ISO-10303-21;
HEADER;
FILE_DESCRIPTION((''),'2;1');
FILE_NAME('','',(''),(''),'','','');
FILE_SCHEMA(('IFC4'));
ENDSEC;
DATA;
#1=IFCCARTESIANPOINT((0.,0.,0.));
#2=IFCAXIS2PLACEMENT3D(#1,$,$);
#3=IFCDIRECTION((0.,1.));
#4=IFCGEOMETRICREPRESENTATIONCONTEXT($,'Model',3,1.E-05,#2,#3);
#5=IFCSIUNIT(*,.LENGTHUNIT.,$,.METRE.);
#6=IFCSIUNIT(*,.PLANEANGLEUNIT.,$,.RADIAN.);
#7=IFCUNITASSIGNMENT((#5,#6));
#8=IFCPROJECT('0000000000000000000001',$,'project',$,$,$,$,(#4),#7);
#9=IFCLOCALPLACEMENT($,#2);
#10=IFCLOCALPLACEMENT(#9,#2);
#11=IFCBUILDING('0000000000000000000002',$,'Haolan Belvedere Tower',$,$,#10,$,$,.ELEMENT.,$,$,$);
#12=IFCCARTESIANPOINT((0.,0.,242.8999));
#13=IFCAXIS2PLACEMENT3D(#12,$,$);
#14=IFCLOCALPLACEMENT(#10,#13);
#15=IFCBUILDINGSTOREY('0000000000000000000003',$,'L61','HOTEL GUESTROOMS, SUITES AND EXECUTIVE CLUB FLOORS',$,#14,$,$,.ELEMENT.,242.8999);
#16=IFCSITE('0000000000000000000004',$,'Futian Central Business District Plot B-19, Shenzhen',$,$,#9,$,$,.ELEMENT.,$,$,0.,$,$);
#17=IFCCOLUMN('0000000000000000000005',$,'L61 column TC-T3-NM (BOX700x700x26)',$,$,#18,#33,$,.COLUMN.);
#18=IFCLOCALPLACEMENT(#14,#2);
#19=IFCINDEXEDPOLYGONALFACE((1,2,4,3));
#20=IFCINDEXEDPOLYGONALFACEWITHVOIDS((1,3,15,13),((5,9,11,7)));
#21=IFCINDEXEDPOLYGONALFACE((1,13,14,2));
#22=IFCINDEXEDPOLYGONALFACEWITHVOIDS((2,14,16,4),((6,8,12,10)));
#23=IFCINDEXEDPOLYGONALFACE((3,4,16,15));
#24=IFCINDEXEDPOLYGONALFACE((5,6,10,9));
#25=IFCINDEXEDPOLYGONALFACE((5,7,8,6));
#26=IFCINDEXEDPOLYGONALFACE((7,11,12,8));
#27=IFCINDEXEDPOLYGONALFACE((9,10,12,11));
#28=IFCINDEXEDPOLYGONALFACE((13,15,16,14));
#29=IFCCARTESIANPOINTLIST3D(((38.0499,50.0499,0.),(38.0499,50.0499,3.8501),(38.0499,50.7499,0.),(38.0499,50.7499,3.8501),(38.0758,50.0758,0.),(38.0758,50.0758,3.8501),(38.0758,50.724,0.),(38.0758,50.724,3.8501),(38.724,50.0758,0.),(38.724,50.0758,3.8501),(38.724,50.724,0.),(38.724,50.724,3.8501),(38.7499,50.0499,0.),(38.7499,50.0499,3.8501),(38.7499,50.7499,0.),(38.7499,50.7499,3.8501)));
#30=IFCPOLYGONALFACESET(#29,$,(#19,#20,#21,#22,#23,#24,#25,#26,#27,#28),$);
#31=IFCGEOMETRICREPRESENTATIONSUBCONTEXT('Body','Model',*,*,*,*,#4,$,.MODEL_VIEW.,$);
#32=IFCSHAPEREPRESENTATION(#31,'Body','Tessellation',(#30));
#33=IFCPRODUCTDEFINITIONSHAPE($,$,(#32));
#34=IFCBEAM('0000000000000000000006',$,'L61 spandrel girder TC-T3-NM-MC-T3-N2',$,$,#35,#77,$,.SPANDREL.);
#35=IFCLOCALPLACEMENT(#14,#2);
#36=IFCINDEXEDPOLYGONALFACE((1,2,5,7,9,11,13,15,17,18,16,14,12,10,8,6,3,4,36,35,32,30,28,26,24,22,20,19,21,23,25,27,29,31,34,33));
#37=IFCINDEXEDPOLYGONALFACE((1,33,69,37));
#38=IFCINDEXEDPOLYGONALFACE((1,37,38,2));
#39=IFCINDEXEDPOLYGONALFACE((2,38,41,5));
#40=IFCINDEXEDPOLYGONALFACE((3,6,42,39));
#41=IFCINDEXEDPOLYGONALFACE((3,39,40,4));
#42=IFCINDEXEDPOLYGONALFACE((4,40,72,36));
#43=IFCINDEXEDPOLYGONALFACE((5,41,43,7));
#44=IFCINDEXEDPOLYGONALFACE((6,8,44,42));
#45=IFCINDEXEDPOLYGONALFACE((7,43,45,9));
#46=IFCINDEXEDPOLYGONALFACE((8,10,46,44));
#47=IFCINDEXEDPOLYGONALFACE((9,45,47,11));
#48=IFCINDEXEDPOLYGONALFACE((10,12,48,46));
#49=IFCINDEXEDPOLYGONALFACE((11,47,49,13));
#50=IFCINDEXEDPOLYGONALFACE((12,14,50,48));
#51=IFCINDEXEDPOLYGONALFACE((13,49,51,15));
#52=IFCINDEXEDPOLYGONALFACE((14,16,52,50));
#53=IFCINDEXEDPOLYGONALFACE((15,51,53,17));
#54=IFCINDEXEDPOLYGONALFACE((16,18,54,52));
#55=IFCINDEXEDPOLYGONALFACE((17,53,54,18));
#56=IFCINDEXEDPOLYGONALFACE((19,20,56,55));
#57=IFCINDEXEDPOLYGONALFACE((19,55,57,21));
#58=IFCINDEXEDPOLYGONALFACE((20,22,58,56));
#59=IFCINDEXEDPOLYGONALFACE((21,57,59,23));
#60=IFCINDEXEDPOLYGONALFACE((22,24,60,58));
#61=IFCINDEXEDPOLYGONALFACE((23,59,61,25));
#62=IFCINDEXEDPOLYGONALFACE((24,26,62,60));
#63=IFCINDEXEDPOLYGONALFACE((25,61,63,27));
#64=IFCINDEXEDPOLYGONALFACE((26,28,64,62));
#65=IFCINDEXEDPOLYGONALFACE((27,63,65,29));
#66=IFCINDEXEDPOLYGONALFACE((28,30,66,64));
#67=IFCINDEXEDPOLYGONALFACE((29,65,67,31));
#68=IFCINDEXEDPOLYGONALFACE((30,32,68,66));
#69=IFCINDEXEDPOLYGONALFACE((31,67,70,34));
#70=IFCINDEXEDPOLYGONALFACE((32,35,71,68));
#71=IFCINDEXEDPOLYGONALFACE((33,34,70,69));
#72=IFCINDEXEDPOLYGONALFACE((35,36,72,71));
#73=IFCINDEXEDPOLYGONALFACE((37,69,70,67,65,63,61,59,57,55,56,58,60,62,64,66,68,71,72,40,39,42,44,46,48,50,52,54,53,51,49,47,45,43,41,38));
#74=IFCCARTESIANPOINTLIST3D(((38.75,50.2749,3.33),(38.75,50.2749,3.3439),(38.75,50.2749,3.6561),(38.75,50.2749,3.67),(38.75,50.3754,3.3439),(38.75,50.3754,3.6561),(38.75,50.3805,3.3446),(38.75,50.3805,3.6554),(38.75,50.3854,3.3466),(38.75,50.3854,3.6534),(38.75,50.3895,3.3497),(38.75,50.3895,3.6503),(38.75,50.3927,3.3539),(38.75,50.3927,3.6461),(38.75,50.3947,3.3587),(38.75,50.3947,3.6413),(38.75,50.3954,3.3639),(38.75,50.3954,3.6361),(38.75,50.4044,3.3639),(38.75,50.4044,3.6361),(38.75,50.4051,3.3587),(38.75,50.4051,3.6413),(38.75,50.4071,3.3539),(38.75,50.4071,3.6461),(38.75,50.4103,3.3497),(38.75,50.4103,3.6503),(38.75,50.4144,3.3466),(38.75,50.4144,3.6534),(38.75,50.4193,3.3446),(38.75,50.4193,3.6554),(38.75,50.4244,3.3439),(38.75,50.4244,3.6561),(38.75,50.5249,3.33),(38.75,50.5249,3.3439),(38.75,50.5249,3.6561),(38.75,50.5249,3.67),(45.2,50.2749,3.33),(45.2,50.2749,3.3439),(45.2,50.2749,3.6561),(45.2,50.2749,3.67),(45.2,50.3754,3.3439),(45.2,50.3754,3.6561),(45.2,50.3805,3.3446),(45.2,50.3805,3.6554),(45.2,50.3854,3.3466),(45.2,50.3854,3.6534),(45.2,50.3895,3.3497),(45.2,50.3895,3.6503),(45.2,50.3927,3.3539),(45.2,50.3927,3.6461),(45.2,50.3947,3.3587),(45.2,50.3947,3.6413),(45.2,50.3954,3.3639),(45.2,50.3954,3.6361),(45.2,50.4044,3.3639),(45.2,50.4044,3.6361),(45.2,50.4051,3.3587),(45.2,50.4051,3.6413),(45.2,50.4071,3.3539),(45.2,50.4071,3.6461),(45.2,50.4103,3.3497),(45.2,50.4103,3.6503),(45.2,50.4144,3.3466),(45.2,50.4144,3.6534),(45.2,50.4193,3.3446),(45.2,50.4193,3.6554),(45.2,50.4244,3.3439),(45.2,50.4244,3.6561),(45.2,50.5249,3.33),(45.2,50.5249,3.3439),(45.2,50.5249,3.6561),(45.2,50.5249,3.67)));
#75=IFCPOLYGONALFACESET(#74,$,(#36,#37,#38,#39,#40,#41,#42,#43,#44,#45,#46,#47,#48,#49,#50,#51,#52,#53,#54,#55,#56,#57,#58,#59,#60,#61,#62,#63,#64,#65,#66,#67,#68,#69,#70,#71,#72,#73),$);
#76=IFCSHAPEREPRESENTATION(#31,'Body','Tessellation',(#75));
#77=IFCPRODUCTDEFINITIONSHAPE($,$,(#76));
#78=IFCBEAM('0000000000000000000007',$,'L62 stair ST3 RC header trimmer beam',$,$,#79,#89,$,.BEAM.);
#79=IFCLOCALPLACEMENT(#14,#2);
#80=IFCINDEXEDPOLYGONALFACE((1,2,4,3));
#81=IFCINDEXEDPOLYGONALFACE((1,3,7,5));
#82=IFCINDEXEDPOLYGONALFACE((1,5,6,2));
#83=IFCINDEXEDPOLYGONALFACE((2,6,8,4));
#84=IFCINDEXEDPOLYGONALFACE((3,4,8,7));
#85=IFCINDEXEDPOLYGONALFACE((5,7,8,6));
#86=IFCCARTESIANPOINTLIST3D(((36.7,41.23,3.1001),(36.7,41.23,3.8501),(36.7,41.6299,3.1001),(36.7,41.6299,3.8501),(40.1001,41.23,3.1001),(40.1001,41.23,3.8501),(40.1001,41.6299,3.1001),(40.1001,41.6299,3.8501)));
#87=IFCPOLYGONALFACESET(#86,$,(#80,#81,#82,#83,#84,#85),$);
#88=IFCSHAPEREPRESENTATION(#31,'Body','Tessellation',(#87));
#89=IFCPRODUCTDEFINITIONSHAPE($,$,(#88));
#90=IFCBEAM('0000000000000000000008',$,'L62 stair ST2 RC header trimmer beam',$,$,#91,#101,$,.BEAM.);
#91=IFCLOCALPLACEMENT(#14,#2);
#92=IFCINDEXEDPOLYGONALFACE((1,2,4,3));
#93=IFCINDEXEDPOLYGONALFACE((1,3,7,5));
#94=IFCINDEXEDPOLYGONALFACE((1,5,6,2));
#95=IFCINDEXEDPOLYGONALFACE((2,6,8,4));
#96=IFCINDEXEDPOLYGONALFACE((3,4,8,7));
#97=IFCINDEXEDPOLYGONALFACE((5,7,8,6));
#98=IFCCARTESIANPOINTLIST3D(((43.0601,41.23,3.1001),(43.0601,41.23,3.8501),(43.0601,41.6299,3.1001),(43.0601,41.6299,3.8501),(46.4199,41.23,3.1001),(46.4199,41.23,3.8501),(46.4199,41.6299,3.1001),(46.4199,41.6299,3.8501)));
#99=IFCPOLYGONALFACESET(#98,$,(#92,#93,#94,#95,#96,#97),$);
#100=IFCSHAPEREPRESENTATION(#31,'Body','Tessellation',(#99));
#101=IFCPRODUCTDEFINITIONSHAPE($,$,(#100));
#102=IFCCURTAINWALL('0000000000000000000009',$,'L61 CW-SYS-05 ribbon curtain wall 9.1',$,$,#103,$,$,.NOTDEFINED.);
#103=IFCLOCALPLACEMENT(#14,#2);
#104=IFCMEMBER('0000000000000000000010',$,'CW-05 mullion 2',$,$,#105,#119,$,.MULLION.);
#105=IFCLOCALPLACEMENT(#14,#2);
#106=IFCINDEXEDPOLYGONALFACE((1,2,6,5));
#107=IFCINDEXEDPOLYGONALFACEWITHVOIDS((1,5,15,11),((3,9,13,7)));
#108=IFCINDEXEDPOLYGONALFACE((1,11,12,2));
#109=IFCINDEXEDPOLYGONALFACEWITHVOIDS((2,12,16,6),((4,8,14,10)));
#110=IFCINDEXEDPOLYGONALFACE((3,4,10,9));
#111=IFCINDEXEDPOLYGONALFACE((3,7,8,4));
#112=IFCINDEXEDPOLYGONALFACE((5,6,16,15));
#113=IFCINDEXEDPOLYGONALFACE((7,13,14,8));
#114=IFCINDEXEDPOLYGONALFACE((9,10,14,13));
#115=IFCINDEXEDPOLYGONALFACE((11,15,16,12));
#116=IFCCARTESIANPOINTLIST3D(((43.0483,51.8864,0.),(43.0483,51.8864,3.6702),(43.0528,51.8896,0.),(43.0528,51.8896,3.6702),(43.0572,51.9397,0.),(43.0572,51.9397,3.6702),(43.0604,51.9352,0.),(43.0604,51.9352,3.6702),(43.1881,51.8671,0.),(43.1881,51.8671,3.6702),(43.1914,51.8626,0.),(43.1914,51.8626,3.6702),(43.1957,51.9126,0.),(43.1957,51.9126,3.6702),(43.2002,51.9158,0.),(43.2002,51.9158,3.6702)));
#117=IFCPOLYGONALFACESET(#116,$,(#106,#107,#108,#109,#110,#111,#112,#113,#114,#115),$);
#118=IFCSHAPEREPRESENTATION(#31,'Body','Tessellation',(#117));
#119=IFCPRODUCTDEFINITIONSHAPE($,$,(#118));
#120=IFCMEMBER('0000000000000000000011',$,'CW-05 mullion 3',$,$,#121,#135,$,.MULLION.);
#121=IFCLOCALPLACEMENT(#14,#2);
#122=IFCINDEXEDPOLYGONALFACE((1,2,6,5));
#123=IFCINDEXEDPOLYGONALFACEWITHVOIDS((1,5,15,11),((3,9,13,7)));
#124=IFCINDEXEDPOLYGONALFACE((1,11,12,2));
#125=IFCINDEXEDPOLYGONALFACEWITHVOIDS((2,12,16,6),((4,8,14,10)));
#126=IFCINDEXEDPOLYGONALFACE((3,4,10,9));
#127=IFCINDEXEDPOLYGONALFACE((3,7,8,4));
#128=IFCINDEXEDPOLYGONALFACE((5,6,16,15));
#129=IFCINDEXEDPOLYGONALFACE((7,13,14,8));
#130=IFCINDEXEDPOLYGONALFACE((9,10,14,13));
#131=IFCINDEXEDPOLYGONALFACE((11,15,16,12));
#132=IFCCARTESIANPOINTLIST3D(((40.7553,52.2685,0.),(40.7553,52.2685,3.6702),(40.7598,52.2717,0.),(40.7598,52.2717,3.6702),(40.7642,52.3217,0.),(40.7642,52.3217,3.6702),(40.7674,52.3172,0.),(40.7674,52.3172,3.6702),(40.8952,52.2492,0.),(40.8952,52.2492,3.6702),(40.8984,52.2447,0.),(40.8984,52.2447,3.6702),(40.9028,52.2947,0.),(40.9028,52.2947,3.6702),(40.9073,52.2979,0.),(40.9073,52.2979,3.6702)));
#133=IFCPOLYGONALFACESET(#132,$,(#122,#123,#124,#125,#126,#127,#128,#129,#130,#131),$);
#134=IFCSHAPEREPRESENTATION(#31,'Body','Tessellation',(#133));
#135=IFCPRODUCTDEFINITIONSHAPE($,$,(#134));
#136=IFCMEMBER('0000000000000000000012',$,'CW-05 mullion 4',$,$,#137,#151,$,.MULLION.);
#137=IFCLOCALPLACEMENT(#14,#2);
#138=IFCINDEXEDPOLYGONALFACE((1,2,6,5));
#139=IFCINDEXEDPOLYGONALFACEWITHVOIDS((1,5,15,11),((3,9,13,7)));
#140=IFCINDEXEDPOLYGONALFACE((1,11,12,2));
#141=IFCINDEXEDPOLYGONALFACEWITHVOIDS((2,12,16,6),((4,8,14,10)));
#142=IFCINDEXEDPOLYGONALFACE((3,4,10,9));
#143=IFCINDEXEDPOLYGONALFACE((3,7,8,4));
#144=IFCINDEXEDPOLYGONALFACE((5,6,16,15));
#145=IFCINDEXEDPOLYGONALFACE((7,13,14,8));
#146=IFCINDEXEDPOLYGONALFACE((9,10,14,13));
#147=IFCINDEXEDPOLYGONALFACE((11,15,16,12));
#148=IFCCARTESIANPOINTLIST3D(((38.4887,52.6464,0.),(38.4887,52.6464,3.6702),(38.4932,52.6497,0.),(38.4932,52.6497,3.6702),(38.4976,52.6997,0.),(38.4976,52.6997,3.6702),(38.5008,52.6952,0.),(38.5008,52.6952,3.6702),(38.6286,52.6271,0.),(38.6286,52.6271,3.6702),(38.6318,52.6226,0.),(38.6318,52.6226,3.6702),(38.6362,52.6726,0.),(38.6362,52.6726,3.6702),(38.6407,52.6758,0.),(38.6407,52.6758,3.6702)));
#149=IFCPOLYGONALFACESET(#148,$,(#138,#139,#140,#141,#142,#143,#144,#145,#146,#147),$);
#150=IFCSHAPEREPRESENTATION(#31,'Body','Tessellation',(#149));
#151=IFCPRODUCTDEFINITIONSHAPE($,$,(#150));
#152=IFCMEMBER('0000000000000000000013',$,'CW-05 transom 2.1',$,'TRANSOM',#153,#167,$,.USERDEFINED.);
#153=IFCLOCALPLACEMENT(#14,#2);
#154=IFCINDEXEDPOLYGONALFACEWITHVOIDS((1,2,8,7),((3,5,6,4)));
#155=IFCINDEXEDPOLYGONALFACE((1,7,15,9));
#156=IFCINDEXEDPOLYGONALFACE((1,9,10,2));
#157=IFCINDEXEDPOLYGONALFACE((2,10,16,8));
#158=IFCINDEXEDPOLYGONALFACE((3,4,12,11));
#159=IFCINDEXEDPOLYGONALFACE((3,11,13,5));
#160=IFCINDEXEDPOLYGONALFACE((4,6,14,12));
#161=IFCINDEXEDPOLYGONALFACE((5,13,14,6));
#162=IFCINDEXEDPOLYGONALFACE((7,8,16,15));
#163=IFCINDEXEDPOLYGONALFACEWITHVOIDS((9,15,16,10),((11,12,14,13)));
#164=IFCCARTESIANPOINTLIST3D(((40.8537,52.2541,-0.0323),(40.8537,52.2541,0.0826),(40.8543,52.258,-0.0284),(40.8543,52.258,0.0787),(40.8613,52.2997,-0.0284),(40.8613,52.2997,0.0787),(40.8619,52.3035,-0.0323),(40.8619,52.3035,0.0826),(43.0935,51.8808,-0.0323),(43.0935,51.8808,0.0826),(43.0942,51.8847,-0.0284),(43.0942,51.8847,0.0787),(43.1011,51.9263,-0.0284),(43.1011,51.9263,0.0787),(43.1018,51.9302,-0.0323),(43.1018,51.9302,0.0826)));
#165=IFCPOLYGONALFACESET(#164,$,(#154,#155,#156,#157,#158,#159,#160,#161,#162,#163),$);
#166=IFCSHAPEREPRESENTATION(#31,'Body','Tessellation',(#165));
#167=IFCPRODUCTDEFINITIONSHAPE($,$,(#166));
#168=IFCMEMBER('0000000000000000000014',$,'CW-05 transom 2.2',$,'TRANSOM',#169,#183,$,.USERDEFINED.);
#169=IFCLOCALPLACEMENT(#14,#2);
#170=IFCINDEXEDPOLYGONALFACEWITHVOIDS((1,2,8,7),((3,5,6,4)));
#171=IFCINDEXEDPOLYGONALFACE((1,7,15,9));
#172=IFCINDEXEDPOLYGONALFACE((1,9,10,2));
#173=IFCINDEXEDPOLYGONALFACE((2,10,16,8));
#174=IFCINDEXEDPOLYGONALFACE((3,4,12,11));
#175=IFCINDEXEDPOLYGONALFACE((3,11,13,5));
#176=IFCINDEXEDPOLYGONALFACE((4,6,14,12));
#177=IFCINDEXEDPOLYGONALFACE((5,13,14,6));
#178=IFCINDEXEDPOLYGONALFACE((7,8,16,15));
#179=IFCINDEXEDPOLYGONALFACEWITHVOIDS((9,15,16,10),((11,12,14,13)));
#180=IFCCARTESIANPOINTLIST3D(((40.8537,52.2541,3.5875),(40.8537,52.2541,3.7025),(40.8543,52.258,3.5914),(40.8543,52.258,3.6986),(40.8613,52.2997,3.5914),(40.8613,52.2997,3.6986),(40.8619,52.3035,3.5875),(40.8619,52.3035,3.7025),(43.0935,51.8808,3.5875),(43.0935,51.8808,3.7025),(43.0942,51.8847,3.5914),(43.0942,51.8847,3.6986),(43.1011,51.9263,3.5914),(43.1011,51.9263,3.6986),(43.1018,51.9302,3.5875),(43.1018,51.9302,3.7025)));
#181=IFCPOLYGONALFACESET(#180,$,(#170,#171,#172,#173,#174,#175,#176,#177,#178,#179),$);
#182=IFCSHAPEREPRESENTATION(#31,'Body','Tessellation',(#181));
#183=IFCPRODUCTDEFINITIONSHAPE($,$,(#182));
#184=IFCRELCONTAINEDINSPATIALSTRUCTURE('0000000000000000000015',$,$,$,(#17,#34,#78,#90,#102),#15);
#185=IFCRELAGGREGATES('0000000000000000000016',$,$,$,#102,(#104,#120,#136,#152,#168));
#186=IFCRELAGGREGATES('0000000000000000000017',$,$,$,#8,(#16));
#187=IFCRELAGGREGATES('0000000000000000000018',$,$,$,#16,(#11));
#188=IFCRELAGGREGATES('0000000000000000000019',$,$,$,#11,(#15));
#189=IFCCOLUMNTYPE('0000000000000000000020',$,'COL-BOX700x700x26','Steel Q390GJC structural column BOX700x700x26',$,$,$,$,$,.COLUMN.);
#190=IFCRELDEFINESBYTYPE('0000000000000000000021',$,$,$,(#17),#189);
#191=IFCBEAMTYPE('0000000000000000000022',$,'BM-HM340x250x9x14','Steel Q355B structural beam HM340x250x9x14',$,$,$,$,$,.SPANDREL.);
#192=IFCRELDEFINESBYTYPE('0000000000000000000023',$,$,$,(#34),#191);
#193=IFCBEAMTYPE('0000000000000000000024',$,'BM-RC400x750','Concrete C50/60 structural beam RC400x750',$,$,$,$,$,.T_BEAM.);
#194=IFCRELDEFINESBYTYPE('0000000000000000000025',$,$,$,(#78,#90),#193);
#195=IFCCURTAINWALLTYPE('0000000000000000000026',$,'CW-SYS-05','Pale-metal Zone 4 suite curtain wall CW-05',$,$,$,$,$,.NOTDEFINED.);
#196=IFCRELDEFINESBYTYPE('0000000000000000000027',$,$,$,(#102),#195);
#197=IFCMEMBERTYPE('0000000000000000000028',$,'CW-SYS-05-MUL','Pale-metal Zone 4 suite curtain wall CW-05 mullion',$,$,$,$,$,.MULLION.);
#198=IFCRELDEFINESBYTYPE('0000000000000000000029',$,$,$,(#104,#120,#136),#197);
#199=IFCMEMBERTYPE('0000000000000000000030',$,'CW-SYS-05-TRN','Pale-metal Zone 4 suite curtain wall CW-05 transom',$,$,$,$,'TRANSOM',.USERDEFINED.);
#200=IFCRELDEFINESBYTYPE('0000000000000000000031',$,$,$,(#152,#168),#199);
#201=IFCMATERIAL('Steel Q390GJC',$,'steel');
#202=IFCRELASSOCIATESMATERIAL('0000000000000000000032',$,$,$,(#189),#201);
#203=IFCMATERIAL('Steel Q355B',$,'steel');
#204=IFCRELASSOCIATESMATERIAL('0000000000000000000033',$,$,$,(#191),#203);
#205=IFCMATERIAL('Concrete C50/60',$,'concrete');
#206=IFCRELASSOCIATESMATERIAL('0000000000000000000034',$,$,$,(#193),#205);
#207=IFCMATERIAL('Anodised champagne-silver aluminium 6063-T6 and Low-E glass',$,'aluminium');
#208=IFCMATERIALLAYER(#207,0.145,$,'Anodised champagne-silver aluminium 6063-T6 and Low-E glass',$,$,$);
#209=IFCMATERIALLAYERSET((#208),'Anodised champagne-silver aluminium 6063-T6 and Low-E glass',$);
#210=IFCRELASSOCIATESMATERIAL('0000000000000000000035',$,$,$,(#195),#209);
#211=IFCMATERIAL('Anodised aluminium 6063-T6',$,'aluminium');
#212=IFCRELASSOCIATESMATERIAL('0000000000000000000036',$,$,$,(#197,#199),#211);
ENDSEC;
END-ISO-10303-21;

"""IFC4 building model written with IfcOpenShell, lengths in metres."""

from ifc_helpers import new_model, si_unit, direction, frame, origin, origin_2d, place, context, subcontext, project, spatial, rectangle, hollow_rectangle, i_section, extrude, material, layer, layer_set, material_profile, profile_set, type_object, element, aggregate, save


model = new_model("IFC4")

# Units and contexts
model_context = context("Model", 3, precision=1e-05, world=origin(), true_north=direction((0.0, 1.0)))
body_context = subcontext(model_context, "Body", "Model", "MODEL_VIEW")
ifc_project = project(units=[si_unit("LENGTHUNIT", "METRE"), si_unit("PLANEANGLEUNIT", "RADIAN")], contexts=[model_context])

# Site, building, storey
site_placement = place(None, origin())
site = spatial("IfcSite", under=ifc_project, at=site_placement, Name="Futian Central Business District Plot B-19, Shenzhen", CompositionType="ELEMENT", RefElevation=0.0)
building_placement = place(site_placement, origin())
building = spatial("IfcBuilding", under=site, at=building_placement, Name="Haolan Belvedere Tower", CompositionType="ELEMENT")
storey_placement = place(building_placement, frame((0.0, 0.0, 242.8999)))
storey = spatial("IfcBuildingStorey", under=building, at=storey_placement, Name="L61", Description="HOTEL GUESTROOMS, SUITES AND EXECUTIVE CLUB FLOORS", CompositionType="ELEMENT", Elevation=242.8999)

# Column
ifc_material_1 = material(Name="Steel Q390GJC", Category="steel")
ifc_material_profile_1 = material_profile(ifc_material_1, hollow_rectangle(XDim=0.7, YDim=0.7, WallThickness=0.0259, at=origin_2d()), Name="Steel Q390GJC")
ifc_profile_set_1 = profile_set([ifc_material_profile_1], Name="Steel Q390GJC")
column_type = type_object("IfcColumnType", Name="COL-BOX700x700x26", Description="Steel Q390GJC structural column BOX700x700x26", PredefinedType="COLUMN", material=ifc_profile_set_1)
column_placement = place(storey_placement, frame((38.3999, 50.3999, 0.0), z_axis=(0.0, 0.0, 1.0), x_axis=(1.0, 0.0, 0.0)))
element("IfcColumn", 1, at=column_placement, inside=storey, type_object=column_type, Name="L61 column TC-T3-NM (BOX700x700x26)", PredefinedType="COLUMN", context=body_context, shape_type="SweptSolid", body=[
    extrude(hollow_rectangle(XDim=0.7, YDim=0.7, WallThickness=0.0259, at=origin_2d()), origin(), (0.0, 0.0, 1.0), 3.8501),
])

# Beams
ifc_material_2 = material(Name="Steel Q355B", Category="steel")
ifc_material_profile_2 = material_profile(ifc_material_2, i_section(OverallWidth=0.25, OverallDepth=0.3401, WebThickness=0.009, FlangeThickness=0.0139, FilletRadius=0.02, at=origin_2d()), Name="Steel Q355B")
ifc_profile_set_2 = profile_set([ifc_material_profile_2], Name="Steel Q355B")
beam_type_1 = type_object("IfcBeamType", Name="BM-HM340x250x9x14", Description="Steel Q355B structural beam HM340x250x9x14", PredefinedType="SPANDREL", material=ifc_profile_set_2)
beam_1_placement = place(storey_placement, frame((38.75, 50.3999, 3.5), z_axis=(1.0, 0.0, 0.0), x_axis=(0.0, 1.0, 0.0)))
element("IfcBeam", 2, at=beam_1_placement, inside=storey, type_object=beam_type_1, Name="L61 spandrel girder TC-T3-NM-MC-T3-N2", PredefinedType="SPANDREL", context=body_context, shape_type="SweptSolid", body=[
    extrude(i_section(OverallWidth=0.25, OverallDepth=0.3401, WebThickness=0.009, FlangeThickness=0.0139, FilletRadius=0.02, at=origin_2d()), origin(), (0.0, 0.0, 1.0), 6.45),
])
ifc_material_3 = material(Name="Concrete C50/60", Category="concrete")
ifc_material_profile_3 = material_profile(ifc_material_3, rectangle(XDim=0.3999, YDim=0.75, at=origin_2d()), Name="Concrete C50/60")
ifc_profile_set_3 = profile_set([ifc_material_profile_3], Name="Concrete C50/60")
beam_type_2 = type_object("IfcBeamType", Name="BM-RC400x750", Description="Concrete C50/60 structural beam RC400x750", PredefinedType="T_BEAM", material=ifc_profile_set_3)
beam_2_placement = place(storey_placement, frame((36.7, 41.4299, 3.4751), z_axis=(1.0, 0.0, 0.0), x_axis=(0.0, 1.0, 0.0)))
element("IfcBeam", 3, at=beam_2_placement, inside=storey, type_object=beam_type_2, Name="L62 stair ST3 RC header trimmer beam", PredefinedType="BEAM", context=body_context, shape_type="SweptSolid", body=[
    extrude(rectangle(XDim=0.3999, YDim=0.75, at=origin_2d()), origin(), (0.0, 0.0, 1.0), 3.4001),
])
beam_3_placement = place(storey_placement, frame((43.0601, 41.4299, 3.4751), z_axis=(1.0, 0.0, 0.0), x_axis=(0.0, 1.0, 0.0)))
element("IfcBeam", 4, at=beam_3_placement, inside=storey, type_object=beam_type_2, Name="L62 stair ST2 RC header trimmer beam", PredefinedType="BEAM", context=body_context, shape_type="SweptSolid", body=[
    extrude(rectangle(XDim=0.3999, YDim=0.75, at=origin_2d()), origin(), (0.0, 0.0, 1.0), 3.3599),
])

# Curtain wall, members
ifc_material_4 = material(Name="Anodised champagne-silver aluminium 6063-T6 and Low-E glass", Category="aluminium")
ifc_layer_1 = layer(ifc_material_4, 0.145, Name="Anodised champagne-silver aluminium 6063-T6 and Low-E glass")
ifc_layer_set_1 = layer_set([ifc_layer_1], Name="Anodised champagne-silver aluminium 6063-T6 and Low-E glass")
curtain_wall_type = type_object("IfcCurtainWallType", Name="CW-SYS-05", Description="Pale-metal Zone 4 suite curtain wall CW-05", PredefinedType="NOTDEFINED", material=ifc_layer_set_1)
curtain_wall_placement = place(storey_placement, origin())
curtain_wall = element("IfcCurtainWall", 5, at=curtain_wall_placement, inside=storey, type_object=curtain_wall_type, Name="L61 CW-SYS-05 ribbon curtain wall 9.1", PredefinedType="NOTDEFINED")
ifc_material_5 = material(Name="Anodised aluminium 6063-T6", Category="aluminium")
ifc_material_profile_4 = material_profile(ifc_material_5, hollow_rectangle(XDim=0.054, YDim=0.145, WallThickness=0.0039, at=origin_2d()), Name="Anodised aluminium 6063-T6")
ifc_profile_set_4 = profile_set([ifc_material_profile_4], Name="Anodised aluminium 6063-T6")
member_type_1 = type_object("IfcMemberType", Name="CW-SYS-05-MUL", Description="Pale-metal Zone 4 suite curtain wall CW-05 mullion", PredefinedType="MULLION", material=ifc_profile_set_4)
member_1_placement = place(storey_placement, frame((43.1243, 51.9011, 0.0), z_axis=(0.0, 0.0, 1.0), x_axis=(-0.164406, -0.986393, 0.0)))
member_1 = element("IfcMember", 6, at=member_1_placement, type_object=member_type_1, Name="CW-05 mullion 2", PredefinedType="MULLION", context=body_context, shape_type="SweptSolid", body=[
    extrude(hollow_rectangle(XDim=0.054, YDim=0.145, WallThickness=0.0039, at=origin_2d()), origin(), (0.0, 0.0, 1.0), 3.6702),
])
member_2_placement = place(storey_placement, frame((40.8313, 52.2832, 0.0), z_axis=(0.0, 0.0, 1.0), x_axis=(-0.164406, -0.986393, 0.0)))
member_2 = element("IfcMember", 7, at=member_2_placement, type_object=member_type_1, Name="CW-05 mullion 3", PredefinedType="MULLION", context=body_context, shape_type="SweptSolid", body=[
    extrude(hollow_rectangle(XDim=0.054, YDim=0.145, WallThickness=0.0039, at=origin_2d()), origin(), (0.0, 0.0, 1.0), 3.6702),
])
member_3_placement = place(storey_placement, frame((38.5647, 52.6611, 0.0), z_axis=(0.0, 0.0, 1.0), x_axis=(-0.164406, -0.986393, 0.0)))
member_3 = element("IfcMember", 8, at=member_3_placement, type_object=member_type_1, Name="CW-05 mullion 4", PredefinedType="MULLION", context=body_context, shape_type="SweptSolid", body=[
    extrude(hollow_rectangle(XDim=0.054, YDim=0.145, WallThickness=0.0039, at=origin_2d()), origin(), (0.0, 0.0, 1.0), 3.6702),
])
ifc_material_profile_5 = material_profile(ifc_material_5, hollow_rectangle(XDim=0.05, YDim=0.115, WallThickness=0.0039, at=origin_2d()), Name="Anodised aluminium 6063-T6")
ifc_profile_set_5 = profile_set([ifc_material_profile_5], Name="Anodised aluminium 6063-T6")
member_type_2 = type_object("IfcMemberType", Name="CW-SYS-05-TRN", Description="Pale-metal Zone 4 suite curtain wall CW-05 transom", ElementType="TRANSOM", PredefinedType="USERDEFINED", material=ifc_profile_set_5)
member_4_placement = place(storey_placement, frame((43.0977, 51.9055, 0.0251), z_axis=(-0.986394, 0.164399, 0.0), x_axis=(-0.164399, -0.986394, 0.0)))
member_4 = element("IfcMember", 9, at=member_4_placement, type_object=member_type_2, Name="CW-05 transom 2.1", ObjectType="TRANSOM", PredefinedType="USERDEFINED", context=body_context, shape_type="SweptSolid", body=[
    extrude(hollow_rectangle(XDim=0.05, YDim=0.115, WallThickness=0.0039, at=origin_2d()), origin(), (0.0, 0.0, 1.0), 2.2708),
])
member_5_placement = place(storey_placement, frame((43.0977, 51.9055, 3.645), z_axis=(-0.986394, 0.164399, 0.0), x_axis=(-0.164399, -0.986394, 0.0)))
member_5 = element("IfcMember", 10, at=member_5_placement, type_object=member_type_2, Name="CW-05 transom 2.2", ObjectType="TRANSOM", PredefinedType="USERDEFINED", context=body_context, shape_type="SweptSolid", body=[
    extrude(hollow_rectangle(XDim=0.05, YDim=0.115, WallThickness=0.0039, at=origin_2d()), origin(), (0.0, 0.0, 1.0), 2.2708),
])
aggregate(curtain_wall, [member_1, member_2, member_3, member_4, member_5])

save(model, "model.ifc")
